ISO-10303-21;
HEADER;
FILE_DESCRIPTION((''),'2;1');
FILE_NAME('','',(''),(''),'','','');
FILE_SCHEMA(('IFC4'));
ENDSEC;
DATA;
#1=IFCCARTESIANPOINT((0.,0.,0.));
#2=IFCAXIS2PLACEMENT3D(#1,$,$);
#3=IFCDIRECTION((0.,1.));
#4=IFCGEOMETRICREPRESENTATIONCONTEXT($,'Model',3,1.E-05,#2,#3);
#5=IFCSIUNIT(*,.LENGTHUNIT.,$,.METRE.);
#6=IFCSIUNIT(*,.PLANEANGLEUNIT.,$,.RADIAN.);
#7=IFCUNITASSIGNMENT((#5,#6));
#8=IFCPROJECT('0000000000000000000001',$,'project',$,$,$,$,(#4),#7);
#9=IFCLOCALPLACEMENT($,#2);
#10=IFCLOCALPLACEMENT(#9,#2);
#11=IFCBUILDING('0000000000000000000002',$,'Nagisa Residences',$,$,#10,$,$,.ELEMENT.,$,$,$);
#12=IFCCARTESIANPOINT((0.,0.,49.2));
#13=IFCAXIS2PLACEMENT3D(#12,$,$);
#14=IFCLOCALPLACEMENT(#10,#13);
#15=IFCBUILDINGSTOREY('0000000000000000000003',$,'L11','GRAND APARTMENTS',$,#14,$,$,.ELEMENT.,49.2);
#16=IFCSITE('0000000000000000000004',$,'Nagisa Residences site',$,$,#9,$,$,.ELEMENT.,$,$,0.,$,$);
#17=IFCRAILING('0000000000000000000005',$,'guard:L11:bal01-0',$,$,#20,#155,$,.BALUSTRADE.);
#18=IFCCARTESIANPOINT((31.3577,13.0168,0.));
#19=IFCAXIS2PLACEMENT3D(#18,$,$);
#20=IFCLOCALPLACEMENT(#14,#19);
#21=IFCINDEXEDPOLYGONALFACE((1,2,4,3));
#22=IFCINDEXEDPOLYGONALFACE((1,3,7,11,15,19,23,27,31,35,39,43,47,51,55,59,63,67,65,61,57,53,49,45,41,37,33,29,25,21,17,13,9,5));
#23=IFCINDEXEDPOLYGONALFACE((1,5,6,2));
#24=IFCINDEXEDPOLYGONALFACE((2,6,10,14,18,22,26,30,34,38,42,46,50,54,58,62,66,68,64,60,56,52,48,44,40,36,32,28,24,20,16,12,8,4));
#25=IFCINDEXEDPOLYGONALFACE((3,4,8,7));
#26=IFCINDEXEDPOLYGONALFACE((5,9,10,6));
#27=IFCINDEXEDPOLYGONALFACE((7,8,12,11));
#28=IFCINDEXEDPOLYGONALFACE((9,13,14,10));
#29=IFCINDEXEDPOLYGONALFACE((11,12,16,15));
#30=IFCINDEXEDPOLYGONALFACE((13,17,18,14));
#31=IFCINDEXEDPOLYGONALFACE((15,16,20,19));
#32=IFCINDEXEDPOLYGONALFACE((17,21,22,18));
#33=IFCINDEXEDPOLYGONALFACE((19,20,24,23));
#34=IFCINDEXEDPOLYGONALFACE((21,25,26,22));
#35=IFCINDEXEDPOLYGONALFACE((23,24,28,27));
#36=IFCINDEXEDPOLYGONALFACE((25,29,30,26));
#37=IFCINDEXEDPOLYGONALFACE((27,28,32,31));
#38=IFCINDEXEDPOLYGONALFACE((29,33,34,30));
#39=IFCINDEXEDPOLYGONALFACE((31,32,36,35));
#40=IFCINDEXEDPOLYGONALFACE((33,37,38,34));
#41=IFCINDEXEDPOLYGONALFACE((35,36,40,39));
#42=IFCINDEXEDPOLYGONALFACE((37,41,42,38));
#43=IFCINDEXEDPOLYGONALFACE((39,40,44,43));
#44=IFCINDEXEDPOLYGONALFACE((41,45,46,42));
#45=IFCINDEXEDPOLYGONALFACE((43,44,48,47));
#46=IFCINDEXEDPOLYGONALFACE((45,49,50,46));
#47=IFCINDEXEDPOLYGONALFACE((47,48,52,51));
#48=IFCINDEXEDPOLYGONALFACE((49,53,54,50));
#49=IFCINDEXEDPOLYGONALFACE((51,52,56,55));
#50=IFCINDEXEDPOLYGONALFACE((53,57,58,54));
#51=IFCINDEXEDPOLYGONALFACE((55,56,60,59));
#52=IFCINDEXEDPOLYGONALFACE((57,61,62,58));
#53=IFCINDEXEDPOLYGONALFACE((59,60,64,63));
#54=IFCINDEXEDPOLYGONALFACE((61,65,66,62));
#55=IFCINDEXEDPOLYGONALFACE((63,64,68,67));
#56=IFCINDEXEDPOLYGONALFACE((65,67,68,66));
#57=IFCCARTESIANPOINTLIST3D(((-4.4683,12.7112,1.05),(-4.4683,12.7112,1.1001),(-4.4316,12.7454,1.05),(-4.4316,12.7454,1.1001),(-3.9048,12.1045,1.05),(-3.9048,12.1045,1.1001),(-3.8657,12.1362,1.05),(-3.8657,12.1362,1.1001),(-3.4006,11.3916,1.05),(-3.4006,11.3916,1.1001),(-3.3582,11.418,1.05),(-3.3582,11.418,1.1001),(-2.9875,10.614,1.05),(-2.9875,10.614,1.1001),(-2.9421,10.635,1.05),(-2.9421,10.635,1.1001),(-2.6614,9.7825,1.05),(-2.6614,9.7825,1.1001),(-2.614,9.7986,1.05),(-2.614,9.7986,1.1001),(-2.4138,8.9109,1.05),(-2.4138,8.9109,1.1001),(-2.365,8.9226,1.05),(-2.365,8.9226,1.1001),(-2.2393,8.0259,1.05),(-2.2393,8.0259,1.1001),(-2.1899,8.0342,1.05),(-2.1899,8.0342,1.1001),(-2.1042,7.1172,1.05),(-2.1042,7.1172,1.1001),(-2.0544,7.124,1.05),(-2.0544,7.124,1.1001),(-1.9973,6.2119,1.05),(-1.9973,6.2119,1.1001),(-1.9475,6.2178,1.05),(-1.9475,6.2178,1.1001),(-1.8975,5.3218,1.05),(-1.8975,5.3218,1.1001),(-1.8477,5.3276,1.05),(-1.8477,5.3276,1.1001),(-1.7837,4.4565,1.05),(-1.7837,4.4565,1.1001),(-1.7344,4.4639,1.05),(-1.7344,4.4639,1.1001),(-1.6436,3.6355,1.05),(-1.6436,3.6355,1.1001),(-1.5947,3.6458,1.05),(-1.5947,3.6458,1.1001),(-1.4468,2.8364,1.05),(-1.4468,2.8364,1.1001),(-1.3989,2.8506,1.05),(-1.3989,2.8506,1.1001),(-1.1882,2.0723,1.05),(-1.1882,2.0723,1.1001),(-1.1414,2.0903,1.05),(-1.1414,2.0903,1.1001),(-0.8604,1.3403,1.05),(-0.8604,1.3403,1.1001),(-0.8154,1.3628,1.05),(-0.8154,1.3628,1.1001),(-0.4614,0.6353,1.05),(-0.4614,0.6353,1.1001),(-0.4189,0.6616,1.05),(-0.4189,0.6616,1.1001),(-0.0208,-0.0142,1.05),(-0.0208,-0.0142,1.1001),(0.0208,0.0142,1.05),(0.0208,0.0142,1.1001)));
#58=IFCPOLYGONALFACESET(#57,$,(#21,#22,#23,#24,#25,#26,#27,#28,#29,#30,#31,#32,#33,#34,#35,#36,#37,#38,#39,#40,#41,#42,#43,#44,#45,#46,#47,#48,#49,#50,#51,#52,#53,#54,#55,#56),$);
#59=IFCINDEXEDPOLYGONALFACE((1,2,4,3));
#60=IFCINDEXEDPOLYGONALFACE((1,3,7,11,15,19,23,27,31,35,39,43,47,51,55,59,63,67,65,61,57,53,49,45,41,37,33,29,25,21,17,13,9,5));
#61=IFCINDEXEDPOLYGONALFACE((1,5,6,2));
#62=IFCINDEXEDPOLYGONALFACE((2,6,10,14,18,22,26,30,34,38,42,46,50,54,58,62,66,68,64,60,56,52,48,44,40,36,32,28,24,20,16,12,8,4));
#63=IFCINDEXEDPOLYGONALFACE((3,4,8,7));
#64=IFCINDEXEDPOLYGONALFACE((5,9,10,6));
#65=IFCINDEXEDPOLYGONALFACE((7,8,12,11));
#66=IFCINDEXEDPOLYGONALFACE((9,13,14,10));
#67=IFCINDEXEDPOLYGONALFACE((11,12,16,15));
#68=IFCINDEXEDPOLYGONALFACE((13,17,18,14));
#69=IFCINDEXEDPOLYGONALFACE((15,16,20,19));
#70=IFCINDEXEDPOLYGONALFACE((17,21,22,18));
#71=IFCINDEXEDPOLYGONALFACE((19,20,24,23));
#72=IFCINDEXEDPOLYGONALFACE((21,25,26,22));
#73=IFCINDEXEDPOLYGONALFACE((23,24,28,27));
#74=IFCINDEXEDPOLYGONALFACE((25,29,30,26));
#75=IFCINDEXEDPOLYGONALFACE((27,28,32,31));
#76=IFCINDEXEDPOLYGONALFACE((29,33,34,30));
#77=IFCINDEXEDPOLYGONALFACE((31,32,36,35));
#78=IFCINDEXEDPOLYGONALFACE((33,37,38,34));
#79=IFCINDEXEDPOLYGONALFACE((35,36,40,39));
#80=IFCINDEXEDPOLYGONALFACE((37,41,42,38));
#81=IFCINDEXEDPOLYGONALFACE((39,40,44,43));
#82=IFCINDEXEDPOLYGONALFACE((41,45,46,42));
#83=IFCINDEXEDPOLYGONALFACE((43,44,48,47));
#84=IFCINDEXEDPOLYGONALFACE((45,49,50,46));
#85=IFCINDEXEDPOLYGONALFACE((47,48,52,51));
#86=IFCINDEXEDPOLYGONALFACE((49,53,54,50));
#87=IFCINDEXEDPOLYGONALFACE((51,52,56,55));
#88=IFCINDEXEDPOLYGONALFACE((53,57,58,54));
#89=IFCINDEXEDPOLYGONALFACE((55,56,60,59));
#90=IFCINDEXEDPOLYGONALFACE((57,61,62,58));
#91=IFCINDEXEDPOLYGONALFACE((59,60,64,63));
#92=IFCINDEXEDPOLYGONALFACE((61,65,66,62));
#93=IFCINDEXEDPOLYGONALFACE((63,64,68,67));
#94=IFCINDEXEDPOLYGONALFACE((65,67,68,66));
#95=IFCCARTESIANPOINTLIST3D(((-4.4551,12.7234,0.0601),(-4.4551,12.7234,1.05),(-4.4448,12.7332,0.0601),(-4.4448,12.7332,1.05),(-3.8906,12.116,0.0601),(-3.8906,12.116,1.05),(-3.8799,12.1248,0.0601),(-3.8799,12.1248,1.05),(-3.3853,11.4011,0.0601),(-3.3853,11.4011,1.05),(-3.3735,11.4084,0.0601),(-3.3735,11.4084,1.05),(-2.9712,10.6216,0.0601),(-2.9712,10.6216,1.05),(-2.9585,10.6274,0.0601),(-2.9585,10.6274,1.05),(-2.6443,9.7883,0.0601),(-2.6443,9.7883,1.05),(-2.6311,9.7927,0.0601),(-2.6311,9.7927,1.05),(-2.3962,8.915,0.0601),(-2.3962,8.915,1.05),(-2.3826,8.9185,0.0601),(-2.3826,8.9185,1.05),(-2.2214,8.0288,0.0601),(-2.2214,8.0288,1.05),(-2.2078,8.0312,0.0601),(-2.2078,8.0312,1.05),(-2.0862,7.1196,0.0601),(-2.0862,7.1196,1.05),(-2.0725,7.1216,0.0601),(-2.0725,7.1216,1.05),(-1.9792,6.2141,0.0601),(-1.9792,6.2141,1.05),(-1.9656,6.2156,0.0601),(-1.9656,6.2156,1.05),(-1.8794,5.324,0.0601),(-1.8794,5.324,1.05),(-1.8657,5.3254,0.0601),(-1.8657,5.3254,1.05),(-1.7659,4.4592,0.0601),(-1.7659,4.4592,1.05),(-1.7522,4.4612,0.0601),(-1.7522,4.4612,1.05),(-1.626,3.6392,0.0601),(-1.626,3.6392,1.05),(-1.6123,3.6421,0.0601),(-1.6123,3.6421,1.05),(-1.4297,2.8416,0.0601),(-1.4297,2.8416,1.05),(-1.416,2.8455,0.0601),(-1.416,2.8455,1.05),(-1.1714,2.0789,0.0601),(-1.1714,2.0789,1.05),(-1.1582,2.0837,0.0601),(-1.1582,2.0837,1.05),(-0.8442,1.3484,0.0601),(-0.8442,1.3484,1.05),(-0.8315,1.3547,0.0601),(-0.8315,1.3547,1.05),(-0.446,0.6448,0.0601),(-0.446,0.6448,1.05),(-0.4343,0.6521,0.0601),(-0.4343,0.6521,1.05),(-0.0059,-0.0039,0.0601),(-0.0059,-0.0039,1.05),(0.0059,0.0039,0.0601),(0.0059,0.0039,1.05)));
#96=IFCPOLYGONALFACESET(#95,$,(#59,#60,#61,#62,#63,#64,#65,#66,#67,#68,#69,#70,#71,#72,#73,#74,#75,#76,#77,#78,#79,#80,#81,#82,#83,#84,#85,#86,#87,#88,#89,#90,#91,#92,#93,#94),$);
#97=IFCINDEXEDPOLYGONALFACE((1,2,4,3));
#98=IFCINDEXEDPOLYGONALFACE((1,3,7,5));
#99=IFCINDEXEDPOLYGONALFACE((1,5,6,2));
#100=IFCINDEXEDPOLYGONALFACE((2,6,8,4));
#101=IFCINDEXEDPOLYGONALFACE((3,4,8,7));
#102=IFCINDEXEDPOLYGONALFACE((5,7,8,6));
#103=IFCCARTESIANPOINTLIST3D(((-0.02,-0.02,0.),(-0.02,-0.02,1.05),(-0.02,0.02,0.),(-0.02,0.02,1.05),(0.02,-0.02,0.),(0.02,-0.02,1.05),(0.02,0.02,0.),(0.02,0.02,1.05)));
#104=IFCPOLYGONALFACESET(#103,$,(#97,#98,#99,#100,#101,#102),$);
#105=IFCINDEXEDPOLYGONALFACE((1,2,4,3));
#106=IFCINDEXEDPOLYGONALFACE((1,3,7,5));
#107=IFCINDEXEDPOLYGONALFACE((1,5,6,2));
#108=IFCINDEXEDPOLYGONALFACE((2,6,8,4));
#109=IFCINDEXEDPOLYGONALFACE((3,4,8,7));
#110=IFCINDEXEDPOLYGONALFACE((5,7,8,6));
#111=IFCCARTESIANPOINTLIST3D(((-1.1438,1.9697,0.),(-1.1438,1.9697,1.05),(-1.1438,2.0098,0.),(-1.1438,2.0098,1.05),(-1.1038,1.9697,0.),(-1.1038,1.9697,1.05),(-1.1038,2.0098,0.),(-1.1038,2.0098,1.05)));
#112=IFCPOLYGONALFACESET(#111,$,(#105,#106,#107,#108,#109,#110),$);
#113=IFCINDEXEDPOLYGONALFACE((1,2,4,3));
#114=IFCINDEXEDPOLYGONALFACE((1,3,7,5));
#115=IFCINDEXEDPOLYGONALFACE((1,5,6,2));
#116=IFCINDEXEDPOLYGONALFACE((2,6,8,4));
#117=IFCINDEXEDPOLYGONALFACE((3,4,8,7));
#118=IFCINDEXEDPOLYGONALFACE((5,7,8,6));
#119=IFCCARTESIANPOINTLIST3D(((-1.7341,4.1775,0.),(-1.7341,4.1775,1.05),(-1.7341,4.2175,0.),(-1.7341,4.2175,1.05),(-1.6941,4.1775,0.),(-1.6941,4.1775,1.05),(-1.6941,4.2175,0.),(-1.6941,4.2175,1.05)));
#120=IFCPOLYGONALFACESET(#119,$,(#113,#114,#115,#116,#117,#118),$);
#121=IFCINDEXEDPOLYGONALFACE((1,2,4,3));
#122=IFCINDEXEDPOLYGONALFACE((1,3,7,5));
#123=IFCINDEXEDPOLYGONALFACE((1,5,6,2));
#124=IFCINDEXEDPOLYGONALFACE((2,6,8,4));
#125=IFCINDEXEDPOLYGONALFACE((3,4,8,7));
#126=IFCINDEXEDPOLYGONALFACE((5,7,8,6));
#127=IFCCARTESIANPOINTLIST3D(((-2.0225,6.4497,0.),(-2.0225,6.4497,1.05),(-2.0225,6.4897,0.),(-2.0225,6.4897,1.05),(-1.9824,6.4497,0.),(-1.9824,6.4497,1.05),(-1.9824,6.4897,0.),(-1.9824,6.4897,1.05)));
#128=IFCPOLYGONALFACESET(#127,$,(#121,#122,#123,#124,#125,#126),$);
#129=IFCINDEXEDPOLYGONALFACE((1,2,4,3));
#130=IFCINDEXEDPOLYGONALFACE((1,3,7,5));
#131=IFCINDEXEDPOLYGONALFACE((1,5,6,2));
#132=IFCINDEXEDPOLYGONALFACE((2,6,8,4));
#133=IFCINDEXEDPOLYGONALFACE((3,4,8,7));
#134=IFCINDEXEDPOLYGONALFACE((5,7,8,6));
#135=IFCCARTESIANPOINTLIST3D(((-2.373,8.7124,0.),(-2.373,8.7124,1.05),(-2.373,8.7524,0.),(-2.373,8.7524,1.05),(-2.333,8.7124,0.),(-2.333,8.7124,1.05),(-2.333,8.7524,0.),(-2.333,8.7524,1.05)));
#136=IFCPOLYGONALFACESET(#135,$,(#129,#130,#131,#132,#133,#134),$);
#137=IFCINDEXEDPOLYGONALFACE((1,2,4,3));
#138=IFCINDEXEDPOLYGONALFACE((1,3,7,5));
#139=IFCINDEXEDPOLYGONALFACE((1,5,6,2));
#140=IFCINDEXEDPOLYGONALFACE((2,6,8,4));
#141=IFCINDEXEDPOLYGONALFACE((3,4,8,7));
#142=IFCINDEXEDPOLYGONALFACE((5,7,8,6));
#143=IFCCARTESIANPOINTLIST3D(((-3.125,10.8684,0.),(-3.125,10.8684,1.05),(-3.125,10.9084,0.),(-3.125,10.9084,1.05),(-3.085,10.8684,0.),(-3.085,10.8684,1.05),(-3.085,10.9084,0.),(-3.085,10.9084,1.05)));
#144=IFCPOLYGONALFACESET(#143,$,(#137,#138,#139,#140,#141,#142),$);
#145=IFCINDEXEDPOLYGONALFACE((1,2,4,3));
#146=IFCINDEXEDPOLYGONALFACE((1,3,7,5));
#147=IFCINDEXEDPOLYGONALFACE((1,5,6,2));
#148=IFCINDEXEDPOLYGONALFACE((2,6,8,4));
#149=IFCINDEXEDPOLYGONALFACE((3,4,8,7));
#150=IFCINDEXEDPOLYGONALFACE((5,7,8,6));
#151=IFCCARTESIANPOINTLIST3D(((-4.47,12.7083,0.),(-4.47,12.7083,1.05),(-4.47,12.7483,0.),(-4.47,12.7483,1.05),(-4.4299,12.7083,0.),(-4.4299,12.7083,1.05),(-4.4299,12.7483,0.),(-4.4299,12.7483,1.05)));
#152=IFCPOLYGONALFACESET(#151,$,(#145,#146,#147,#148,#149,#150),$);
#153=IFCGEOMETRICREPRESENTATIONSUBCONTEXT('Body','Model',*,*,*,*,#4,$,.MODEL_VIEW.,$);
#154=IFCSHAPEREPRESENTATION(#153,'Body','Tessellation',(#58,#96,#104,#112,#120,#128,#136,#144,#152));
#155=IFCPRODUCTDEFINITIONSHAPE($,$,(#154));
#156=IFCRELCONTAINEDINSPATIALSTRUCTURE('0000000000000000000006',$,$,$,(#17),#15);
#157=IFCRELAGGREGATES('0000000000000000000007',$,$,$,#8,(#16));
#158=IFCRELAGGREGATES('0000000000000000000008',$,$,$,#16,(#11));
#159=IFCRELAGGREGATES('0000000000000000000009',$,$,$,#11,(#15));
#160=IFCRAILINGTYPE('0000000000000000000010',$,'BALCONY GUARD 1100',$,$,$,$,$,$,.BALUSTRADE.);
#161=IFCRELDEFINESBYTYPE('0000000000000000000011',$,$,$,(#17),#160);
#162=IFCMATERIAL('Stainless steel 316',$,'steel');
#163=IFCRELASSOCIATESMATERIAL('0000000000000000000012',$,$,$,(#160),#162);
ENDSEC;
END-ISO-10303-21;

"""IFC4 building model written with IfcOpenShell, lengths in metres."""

from ifc_helpers import new_model, si_unit, direction, frame, origin, origin_2d, place, context, subcontext, project, spatial, polyline, rectangle, outline, extrude, material, type_object, element, save


model = new_model("IFC4")

# Units and contexts
model_context = context("Model", 3, precision=1e-05, world=origin(), true_north=direction((0.0, 1.0)))
body_context = subcontext(model_context, "Body", "Model", "MODEL_VIEW")
ifc_project = project(units=[si_unit("LENGTHUNIT", "METRE"), si_unit("PLANEANGLEUNIT", "RADIAN")], contexts=[model_context])

# Site, building, storey
site_placement = place(None, origin())
site = spatial("IfcSite", under=ifc_project, at=site_placement, Name="Nagisa Residences site", CompositionType="ELEMENT", RefElevation=0.0)
building_placement = place(site_placement, origin())
building = spatial("IfcBuilding", under=site, at=building_placement, Name="Nagisa Residences", CompositionType="ELEMENT")
storey_placement = place(building_placement, frame((0.0, 0.0, 49.2)))
storey = spatial("IfcBuildingStorey", under=building, at=storey_placement, Name="L11", Description="GRAND APARTMENTS", CompositionType="ELEMENT", Elevation=49.2)

# Railing
ifc_material_1 = material(Name="Stainless steel 316", Category="steel")
railing_type = type_object("IfcRailingType", Name="BALCONY GUARD 1100", PredefinedType="BALUSTRADE", material=ifc_material_1)
railing_1_placement = place(storey_placement, frame((31.3577, 13.0168, 0.0)))
element("IfcRailing", 1, at=railing_1_placement, inside=storey, type_object=railing_type, Name="guard:L11:bal01-0", PredefinedType="BALUSTRADE", context=body_context, shape_type="SweptSolid", body=[
    extrude(outline(polyline([(-0.4614, 0.6353), (-0.0208, -0.0142), (0.0208, 0.0142), (-0.4189, 0.6616), (-0.8154, 1.3628), (-1.1414, 2.0903), (-1.3989, 2.8506), (-1.5947, 3.6458), (-1.7344, 4.4639), (-1.8477, 5.3276), (-1.9475, 6.2178), (-2.0544, 7.124), (-2.1899, 8.0342), (-2.365, 8.9226), (-2.614, 9.7986), (-2.9421, 10.635), (-3.3582, 11.418), (-3.8657, 12.1362), (-4.4316, 12.7454), (-4.4683, 12.7112), (-3.9048, 12.1045), (-3.4006, 11.3916), (-2.9875, 10.614), (-2.6614, 9.7825), (-2.4138, 8.9109), (-2.2393, 8.0259), (-2.1042, 7.1172), (-1.9973, 6.2119), (-1.8975, 5.3218), (-1.7837, 4.4565), (-1.6436, 3.6355), (-1.4468, 2.8364), (-1.1882, 2.0723), (-0.8604, 1.3403), (-0.4614, 0.6353)])), frame((0.0, 0.0, 1.05)), (0.0, 0.0, 1.0), 0.05),
    extrude(outline(polyline([(-0.446, 0.6448), (-0.0059, -0.0039), (0.0059, 0.0039), (-0.4343, 0.6521), (-0.8315, 1.3547), (-1.1582, 2.0837), (-1.416, 2.8455), (-1.6123, 3.6421), (-1.7522, 4.4612), (-1.8657, 5.3254), (-1.9656, 6.2156), (-2.0725, 7.1216), (-2.2078, 8.0312), (-2.3826, 8.9185), (-2.6311, 9.7927), (-2.9585, 10.6274), (-3.3735, 11.4084), (-3.8799, 12.1248), (-4.4448, 12.7332), (-4.4551, 12.7234), (-3.8906, 12.116), (-3.3853, 11.4011), (-2.9712, 10.6216), (-2.6443, 9.7883), (-2.3962, 8.915), (-2.2214, 8.0288), (-2.0862, 7.1196), (-1.9792, 6.2141), (-1.8794, 5.324), (-1.7659, 4.4592), (-1.626, 3.6392), (-1.4297, 2.8416), (-1.1714, 2.0789), (-0.8442, 1.3484), (-0.446, 0.6448)])), frame((0.0, 0.0, 0.0601)), (0.0, 0.0, 1.0), 0.99),
    extrude(rectangle(XDim=0.04, YDim=0.04, at=origin_2d()), origin(), (0.0, 0.0, 1.0), 1.05),
    extrude(rectangle(XDim=0.04, YDim=0.04, at=origin_2d()), frame((-1.1238, 1.9897, 0.0)), (0.0, 0.0, 1.0), 1.05),
    extrude(rectangle(XDim=0.04, YDim=0.04, at=origin_2d()), frame((-1.7141, 4.1975, 0.0)), (0.0, 0.0, 1.0), 1.05),
    extrude(rectangle(XDim=0.04, YDim=0.04, at=origin_2d()), frame((-2.0024, 6.4697, 0.0)), (0.0, 0.0, 1.0), 1.05),
    extrude(rectangle(XDim=0.04, YDim=0.04, at=origin_2d()), frame((-2.353, 8.7324, 0.0)), (0.0, 0.0, 1.0), 1.05),
    extrude(rectangle(XDim=0.04, YDim=0.04, at=origin_2d()), frame((-3.105, 10.8884, 0.0)), (0.0, 0.0, 1.0), 1.05),
    extrude(rectangle(XDim=0.04, YDim=0.04, at=origin_2d()), frame((-4.45, 12.7283, 0.0)), (0.0, 0.0, 1.0), 1.05),
])

save(model, "model.ifc")
